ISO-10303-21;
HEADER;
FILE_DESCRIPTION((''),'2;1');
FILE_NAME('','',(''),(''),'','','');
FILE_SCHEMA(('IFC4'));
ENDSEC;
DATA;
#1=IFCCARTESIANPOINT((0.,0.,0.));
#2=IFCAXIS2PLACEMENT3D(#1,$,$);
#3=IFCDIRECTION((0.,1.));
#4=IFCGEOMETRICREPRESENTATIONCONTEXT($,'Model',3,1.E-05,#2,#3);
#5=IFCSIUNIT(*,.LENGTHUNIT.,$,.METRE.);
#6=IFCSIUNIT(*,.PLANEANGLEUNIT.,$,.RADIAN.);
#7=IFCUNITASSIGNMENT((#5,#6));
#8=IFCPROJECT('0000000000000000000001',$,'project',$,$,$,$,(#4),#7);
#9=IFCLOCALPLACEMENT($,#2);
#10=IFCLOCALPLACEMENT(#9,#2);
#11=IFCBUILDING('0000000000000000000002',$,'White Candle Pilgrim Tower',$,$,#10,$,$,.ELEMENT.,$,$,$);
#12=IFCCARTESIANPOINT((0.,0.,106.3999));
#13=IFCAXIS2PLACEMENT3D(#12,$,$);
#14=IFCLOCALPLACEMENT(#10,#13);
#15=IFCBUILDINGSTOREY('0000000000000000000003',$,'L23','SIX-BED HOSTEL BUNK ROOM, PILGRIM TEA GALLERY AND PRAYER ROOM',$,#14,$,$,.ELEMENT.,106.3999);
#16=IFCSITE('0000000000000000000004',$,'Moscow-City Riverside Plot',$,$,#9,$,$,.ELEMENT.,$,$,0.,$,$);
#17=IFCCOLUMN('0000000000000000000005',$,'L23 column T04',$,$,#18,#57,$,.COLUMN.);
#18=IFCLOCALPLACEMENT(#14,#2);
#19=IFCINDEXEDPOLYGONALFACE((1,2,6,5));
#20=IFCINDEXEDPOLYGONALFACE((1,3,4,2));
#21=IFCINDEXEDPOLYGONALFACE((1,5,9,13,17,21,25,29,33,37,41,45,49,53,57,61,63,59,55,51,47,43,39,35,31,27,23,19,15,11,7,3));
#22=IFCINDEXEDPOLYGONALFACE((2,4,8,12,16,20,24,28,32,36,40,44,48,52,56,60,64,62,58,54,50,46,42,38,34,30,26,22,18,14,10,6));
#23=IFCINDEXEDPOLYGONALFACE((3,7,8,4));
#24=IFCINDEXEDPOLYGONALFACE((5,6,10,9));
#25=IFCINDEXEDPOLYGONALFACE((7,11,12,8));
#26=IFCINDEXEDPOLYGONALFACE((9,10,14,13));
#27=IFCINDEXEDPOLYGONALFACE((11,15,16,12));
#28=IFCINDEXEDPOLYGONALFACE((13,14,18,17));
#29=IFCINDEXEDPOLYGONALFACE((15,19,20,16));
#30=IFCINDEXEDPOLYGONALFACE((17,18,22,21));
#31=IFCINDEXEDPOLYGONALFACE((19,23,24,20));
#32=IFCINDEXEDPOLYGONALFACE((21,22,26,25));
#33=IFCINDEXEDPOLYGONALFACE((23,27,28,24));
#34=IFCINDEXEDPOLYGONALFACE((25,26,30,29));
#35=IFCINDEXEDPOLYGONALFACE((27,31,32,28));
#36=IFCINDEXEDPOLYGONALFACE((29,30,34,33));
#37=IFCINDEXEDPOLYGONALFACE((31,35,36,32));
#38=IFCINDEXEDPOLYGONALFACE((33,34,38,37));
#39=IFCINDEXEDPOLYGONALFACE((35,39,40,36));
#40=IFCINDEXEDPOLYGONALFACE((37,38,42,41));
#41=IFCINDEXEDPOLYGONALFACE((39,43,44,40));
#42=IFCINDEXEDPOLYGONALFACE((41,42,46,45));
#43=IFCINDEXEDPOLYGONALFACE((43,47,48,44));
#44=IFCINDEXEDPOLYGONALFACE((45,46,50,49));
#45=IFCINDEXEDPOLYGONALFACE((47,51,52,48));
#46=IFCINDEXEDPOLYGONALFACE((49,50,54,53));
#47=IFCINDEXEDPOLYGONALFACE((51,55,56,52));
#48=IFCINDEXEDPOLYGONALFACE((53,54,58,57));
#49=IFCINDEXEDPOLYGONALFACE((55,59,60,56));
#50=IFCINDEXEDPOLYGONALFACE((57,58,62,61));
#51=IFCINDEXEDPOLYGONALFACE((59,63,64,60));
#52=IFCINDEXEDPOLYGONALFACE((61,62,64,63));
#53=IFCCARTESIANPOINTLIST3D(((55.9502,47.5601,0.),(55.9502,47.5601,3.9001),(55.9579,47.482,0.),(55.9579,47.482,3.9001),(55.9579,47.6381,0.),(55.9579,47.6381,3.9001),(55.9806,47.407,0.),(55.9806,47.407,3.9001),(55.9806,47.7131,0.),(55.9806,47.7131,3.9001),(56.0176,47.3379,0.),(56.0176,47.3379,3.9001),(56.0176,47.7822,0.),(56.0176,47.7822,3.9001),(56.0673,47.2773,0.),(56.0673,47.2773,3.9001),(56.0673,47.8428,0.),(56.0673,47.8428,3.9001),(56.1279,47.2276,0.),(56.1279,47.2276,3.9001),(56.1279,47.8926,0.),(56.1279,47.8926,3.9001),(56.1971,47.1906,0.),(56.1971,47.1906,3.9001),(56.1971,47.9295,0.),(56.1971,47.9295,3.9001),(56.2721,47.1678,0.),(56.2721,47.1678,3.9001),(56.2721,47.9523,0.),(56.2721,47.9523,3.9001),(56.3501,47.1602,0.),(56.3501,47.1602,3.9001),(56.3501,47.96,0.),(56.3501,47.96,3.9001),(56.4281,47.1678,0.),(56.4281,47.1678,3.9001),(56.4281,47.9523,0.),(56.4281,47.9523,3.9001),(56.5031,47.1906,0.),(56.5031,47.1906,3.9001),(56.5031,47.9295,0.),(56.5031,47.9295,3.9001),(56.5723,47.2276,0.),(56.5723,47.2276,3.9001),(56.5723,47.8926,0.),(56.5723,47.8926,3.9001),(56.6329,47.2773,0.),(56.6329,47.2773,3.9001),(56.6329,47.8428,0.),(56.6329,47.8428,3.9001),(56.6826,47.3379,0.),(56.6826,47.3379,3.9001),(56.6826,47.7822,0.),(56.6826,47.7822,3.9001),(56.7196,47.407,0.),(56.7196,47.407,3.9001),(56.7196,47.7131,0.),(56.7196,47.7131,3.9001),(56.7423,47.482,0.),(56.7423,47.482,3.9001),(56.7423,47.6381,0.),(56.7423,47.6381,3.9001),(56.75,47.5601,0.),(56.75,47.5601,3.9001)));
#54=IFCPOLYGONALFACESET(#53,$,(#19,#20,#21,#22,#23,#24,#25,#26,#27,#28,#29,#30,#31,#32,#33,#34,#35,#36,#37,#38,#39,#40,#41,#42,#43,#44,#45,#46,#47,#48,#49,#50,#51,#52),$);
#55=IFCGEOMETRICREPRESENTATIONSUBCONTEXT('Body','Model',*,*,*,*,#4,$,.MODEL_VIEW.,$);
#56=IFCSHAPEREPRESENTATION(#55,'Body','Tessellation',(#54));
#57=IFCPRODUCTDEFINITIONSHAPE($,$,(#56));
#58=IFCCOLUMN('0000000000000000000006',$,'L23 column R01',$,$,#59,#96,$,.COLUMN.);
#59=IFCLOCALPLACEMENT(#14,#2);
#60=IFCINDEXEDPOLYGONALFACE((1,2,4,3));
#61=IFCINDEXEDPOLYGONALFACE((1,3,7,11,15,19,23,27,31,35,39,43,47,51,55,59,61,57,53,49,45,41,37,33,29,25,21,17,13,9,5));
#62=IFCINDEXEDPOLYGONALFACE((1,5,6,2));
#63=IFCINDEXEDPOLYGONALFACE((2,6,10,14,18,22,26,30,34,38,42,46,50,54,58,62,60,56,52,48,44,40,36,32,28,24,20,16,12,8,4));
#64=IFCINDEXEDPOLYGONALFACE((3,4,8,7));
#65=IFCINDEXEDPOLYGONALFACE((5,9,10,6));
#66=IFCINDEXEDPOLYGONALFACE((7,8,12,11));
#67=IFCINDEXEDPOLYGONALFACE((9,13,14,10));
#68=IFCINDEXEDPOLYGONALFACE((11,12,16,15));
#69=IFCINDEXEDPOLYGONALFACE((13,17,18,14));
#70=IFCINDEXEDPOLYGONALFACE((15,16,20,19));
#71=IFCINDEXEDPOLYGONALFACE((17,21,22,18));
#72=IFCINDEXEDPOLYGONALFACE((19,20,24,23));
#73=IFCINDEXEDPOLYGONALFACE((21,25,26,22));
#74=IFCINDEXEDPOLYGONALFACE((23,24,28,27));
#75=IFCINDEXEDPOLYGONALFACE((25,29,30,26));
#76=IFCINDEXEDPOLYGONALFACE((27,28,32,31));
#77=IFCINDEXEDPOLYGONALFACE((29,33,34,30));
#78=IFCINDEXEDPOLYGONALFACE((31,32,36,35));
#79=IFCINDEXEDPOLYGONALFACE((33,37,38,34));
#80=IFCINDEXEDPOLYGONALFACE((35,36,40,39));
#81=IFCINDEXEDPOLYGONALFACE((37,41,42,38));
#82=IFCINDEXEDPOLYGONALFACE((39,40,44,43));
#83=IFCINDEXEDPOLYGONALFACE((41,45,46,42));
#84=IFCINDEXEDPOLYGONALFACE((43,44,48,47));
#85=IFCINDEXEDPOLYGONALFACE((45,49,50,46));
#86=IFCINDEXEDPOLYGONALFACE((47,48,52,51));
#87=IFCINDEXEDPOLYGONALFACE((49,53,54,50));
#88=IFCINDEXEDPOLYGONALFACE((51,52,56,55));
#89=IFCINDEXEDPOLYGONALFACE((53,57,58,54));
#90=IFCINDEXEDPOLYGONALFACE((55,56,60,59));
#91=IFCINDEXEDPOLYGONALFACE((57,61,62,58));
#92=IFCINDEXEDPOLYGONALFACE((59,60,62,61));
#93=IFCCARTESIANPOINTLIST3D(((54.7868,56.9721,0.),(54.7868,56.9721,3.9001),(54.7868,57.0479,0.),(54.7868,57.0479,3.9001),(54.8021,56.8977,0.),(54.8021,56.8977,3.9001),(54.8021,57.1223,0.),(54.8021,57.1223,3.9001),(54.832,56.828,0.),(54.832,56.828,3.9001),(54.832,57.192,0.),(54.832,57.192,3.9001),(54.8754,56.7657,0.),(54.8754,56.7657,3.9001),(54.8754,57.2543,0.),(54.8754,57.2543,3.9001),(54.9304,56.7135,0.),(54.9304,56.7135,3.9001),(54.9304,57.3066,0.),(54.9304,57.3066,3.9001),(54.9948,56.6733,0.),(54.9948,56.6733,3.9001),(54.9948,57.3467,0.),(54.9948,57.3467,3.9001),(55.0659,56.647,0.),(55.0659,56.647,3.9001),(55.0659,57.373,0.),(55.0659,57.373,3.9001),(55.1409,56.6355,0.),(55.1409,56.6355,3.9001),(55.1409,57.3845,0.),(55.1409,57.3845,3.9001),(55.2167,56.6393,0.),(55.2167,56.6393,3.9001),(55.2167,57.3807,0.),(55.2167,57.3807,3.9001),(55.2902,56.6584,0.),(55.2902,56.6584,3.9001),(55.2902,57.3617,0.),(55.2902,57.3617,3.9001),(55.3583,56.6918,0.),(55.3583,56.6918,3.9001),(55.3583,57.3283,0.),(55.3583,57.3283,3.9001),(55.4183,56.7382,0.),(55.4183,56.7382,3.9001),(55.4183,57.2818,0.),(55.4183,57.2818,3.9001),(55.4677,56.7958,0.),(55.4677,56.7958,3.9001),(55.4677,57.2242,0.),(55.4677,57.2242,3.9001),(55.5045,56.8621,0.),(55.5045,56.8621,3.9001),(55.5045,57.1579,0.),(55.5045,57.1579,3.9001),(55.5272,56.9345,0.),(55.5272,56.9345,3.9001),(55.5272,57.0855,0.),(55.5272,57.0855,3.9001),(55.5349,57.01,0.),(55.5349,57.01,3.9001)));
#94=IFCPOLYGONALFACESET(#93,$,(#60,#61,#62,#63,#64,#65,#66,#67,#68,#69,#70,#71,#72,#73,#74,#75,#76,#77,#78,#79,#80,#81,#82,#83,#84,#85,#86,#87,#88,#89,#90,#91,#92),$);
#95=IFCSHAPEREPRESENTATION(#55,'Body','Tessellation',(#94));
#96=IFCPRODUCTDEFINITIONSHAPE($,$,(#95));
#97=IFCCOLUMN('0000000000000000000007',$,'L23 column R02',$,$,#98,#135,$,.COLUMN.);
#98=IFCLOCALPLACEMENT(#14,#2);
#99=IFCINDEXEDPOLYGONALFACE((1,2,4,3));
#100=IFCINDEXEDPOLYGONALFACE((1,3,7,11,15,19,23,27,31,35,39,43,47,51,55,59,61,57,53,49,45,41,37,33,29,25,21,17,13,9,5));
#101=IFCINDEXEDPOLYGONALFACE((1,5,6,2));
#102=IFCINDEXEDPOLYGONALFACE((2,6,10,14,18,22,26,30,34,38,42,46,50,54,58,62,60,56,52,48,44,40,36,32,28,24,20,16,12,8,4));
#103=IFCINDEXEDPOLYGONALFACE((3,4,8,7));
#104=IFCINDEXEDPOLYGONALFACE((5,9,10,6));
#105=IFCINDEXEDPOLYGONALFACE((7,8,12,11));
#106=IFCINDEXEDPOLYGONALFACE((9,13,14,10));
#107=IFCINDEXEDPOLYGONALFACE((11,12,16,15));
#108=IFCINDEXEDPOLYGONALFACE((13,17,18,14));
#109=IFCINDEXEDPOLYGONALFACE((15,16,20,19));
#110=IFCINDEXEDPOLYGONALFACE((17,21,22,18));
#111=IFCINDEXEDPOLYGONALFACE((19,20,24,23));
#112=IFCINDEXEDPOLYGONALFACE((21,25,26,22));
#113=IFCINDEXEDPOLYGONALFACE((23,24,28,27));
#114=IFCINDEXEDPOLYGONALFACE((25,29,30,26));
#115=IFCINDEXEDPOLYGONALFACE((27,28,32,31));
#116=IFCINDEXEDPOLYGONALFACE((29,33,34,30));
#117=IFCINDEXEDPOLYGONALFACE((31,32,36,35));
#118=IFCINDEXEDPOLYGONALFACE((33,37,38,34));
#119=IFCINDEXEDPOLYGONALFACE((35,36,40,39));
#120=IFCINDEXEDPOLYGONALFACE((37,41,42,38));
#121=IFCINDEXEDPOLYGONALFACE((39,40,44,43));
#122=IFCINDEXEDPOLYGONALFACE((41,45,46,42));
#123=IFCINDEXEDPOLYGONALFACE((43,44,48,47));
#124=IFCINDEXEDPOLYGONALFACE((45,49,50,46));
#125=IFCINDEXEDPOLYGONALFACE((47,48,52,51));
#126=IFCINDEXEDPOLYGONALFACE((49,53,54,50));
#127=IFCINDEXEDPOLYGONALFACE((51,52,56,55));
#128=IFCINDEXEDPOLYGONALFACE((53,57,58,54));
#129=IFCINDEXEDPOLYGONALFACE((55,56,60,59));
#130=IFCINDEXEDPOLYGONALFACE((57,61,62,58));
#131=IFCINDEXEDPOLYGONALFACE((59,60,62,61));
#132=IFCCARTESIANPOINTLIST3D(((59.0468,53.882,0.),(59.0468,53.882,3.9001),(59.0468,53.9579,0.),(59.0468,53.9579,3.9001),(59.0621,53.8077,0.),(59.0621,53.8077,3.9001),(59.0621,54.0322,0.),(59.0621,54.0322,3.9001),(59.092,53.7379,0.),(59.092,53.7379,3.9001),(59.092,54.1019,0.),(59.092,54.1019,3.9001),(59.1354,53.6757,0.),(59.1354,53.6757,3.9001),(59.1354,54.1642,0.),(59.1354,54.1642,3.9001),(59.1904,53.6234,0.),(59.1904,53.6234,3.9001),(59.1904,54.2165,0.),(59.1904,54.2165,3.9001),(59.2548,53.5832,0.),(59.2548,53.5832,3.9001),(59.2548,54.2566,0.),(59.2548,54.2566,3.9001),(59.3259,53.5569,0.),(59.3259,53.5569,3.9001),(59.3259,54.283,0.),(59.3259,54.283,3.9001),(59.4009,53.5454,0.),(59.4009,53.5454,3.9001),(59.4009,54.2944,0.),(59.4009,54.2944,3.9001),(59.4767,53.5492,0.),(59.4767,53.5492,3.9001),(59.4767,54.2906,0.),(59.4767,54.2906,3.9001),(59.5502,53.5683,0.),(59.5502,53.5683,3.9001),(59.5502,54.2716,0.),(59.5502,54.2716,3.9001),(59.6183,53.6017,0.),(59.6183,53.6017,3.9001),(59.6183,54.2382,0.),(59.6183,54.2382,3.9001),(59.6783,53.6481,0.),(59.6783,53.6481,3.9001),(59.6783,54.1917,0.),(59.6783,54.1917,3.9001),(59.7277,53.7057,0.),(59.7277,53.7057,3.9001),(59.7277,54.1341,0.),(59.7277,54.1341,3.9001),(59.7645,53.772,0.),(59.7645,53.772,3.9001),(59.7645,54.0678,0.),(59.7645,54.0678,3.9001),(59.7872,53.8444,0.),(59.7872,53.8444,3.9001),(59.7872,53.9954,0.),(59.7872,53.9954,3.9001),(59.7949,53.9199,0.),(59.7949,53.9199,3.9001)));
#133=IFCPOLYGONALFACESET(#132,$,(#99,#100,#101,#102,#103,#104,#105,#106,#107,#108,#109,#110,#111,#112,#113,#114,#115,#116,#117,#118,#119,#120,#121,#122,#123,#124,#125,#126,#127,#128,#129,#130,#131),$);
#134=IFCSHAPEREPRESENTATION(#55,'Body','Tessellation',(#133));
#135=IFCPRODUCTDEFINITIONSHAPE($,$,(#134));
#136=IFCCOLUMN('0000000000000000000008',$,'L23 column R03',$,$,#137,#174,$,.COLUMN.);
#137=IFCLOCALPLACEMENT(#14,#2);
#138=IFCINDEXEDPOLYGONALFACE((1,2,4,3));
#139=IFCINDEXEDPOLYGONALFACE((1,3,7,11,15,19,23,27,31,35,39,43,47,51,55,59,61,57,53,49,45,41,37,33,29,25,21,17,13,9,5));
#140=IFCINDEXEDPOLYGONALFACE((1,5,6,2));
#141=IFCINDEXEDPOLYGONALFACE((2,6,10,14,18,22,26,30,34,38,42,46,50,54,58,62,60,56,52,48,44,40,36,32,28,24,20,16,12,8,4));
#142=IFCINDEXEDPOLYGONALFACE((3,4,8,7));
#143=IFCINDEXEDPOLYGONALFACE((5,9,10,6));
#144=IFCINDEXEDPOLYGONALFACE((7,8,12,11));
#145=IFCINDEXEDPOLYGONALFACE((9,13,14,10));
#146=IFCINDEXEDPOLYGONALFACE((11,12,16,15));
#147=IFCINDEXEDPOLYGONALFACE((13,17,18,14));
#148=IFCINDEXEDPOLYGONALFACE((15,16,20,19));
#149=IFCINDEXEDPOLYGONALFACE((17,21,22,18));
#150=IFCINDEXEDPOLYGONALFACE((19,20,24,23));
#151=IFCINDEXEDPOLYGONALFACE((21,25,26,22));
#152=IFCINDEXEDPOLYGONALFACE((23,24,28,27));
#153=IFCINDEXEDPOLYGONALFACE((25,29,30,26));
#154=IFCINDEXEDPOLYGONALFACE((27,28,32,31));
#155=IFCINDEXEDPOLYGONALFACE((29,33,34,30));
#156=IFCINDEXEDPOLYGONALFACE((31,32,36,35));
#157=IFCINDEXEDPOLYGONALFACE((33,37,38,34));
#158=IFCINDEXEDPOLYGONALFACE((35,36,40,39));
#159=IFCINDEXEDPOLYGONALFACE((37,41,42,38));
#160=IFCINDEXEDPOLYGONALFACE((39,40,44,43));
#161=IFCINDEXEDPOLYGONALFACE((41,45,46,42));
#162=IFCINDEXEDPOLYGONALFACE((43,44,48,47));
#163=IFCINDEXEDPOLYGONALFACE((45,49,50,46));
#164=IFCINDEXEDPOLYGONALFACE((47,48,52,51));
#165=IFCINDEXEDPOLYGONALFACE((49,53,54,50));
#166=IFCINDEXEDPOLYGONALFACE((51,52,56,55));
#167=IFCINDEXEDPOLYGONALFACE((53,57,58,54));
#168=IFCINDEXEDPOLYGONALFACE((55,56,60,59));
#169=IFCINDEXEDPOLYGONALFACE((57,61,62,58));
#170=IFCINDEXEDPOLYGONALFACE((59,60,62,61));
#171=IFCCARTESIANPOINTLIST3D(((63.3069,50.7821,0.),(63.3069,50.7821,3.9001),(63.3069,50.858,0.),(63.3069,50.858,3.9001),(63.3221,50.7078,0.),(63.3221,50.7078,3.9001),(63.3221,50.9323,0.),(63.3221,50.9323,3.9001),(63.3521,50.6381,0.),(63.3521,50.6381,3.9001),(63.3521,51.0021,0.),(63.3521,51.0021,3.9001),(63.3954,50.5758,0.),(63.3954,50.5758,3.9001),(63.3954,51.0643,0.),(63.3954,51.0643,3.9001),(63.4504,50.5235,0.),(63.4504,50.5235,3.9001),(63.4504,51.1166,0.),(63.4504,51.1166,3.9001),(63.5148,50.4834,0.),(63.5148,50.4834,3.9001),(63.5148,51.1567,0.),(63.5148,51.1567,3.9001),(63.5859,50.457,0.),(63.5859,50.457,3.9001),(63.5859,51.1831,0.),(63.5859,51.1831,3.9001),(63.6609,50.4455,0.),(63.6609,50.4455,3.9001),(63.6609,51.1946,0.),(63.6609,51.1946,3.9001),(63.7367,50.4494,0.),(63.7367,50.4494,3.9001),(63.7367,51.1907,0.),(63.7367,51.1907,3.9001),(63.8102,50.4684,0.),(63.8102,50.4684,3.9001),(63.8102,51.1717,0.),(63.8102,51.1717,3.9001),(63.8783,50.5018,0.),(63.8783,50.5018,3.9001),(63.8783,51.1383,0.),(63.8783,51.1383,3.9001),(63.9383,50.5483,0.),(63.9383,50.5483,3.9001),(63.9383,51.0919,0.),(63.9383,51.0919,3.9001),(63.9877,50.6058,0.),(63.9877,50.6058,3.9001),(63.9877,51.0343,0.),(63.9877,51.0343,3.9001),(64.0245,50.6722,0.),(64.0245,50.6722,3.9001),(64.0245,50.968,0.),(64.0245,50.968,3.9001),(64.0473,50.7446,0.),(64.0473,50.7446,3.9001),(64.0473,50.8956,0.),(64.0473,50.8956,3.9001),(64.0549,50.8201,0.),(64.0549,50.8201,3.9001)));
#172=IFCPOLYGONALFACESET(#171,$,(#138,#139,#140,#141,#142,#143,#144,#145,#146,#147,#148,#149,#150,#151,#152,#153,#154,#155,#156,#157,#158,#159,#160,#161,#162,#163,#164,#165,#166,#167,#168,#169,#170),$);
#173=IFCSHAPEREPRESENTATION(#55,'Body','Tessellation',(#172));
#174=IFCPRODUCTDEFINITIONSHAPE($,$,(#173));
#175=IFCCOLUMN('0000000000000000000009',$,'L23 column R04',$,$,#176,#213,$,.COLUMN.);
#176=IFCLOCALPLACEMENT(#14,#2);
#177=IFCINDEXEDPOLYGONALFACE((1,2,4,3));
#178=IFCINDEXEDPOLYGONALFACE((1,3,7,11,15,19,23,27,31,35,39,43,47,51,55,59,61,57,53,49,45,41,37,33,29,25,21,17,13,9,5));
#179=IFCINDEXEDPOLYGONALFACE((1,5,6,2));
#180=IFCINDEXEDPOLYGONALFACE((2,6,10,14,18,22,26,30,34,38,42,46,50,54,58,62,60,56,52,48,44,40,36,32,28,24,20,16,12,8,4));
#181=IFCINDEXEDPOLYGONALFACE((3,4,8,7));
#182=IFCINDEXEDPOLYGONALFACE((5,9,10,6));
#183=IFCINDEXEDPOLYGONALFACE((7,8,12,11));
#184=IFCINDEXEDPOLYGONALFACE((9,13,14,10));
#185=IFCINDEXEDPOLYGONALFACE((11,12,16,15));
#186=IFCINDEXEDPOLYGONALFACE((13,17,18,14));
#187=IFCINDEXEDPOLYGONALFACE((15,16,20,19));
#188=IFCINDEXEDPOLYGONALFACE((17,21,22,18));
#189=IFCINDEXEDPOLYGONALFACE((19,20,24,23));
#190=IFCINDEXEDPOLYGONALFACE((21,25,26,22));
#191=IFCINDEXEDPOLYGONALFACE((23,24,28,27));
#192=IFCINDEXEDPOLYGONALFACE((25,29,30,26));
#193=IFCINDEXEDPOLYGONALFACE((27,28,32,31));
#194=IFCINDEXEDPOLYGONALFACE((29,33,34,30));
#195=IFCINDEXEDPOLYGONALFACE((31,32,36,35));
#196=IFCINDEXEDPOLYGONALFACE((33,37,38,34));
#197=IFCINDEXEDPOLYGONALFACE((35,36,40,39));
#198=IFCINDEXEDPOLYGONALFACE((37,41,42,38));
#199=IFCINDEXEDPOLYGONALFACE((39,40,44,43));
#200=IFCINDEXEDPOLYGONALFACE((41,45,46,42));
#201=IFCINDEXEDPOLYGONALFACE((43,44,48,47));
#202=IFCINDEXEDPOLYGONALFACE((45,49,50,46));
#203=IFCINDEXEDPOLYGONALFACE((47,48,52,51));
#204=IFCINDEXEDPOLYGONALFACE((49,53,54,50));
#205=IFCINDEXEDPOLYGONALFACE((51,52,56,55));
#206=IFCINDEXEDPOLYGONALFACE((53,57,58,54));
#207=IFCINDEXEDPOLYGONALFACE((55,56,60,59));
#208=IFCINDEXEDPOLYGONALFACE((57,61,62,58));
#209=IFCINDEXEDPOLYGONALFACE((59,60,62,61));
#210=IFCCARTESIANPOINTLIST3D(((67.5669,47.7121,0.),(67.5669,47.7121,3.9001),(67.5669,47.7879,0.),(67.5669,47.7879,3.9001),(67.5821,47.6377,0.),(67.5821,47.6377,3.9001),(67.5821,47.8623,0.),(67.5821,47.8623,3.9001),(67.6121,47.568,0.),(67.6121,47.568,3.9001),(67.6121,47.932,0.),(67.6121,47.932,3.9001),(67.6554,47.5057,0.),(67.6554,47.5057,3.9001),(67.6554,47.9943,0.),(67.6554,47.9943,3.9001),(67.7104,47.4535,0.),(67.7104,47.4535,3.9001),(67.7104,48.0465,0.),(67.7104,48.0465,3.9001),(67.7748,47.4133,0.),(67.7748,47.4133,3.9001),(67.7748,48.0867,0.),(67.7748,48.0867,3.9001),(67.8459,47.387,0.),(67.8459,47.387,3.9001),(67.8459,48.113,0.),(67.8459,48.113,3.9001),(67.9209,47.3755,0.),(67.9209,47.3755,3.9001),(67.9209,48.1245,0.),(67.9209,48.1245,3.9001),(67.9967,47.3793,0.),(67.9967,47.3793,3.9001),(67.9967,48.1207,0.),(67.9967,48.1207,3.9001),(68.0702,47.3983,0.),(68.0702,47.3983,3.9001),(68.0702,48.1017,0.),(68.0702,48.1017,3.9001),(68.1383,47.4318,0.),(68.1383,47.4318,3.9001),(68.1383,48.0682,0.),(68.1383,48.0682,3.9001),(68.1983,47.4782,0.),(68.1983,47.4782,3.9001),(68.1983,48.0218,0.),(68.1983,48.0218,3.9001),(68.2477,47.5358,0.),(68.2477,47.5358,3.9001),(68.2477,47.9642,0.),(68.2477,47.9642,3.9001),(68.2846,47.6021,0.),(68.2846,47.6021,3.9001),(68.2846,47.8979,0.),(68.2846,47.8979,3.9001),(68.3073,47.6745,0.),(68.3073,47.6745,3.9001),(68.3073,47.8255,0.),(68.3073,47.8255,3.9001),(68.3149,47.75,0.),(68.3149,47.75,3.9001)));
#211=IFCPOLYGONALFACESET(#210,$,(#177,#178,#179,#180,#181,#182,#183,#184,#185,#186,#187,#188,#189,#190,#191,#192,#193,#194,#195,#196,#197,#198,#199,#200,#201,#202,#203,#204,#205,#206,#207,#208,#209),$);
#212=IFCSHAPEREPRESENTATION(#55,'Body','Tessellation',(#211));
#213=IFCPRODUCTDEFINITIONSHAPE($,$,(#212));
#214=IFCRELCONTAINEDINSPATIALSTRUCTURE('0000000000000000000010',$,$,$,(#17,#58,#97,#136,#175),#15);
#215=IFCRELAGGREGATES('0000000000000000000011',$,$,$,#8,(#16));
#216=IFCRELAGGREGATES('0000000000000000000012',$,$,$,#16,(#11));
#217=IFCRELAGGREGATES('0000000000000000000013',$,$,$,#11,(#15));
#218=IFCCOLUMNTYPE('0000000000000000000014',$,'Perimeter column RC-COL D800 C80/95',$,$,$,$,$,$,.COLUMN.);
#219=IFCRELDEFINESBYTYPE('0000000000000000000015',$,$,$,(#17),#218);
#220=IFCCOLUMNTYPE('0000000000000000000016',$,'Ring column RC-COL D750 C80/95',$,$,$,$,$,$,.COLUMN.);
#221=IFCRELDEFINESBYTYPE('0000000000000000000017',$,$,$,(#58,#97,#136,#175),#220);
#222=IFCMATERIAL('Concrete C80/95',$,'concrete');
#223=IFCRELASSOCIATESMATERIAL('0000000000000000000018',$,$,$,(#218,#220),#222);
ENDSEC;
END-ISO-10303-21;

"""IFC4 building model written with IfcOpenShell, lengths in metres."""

from ifc_helpers import new_model, si_unit, direction, frame, origin, origin_2d, place, context, subcontext, project, spatial, circle, extrude, material, material_profile, profile_set, type_object, element, save


model = new_model("IFC4")

# Units and contexts
model_context = context("Model", 3, precision=1e-05, world=origin(), true_north=direction((0.0, 1.0)))
body_context = subcontext(model_context, "Body", "Model", "MODEL_VIEW")
ifc_project = project(units=[si_unit("LENGTHUNIT", "METRE"), si_unit("PLANEANGLEUNIT", "RADIAN")], contexts=[model_context])

# Site, building, storey
site_placement = place(None, origin())
site = spatial("IfcSite", under=ifc_project, at=site_placement, Name="Moscow-City Riverside Plot", CompositionType="ELEMENT", RefElevation=0.0)
building_placement = place(site_placement, origin())
building = spatial("IfcBuilding", under=site, at=building_placement, Name="White Candle Pilgrim Tower", CompositionType="ELEMENT")
storey_placement = place(building_placement, frame((0.0, 0.0, 106.3999)))
storey = spatial("IfcBuildingStorey", under=building, at=storey_placement, Name="L23", Description="SIX-BED HOSTEL BUNK ROOM, PILGRIM TEA GALLERY AND PRAYER ROOM", CompositionType="ELEMENT", Elevation=106.3999)

# Columns
ifc_material_1 = material(Name="Concrete C80/95", Category="concrete")
ifc_material_profile_1 = material_profile(ifc_material_1, circle(Radius=0.3999, at=origin_2d()), Name="RC-COL D800")
ifc_profile_set_1 = profile_set([ifc_material_profile_1], Name="Concrete C80/95")
column_type_1 = type_object("IfcColumnType", Name="Perimeter column RC-COL D800 C80/95", PredefinedType="COLUMN", material=ifc_profile_set_1)
column_placement = place(storey_placement, frame((56.3501, 47.5601, 0.0), z_axis=(0.0, 0.0, 1.0), x_axis=(1.0, 0.0, 0.0)))
element("IfcColumn", 1, at=column_placement, inside=storey, type_object=column_type_1, Name="L23 column T04", PredefinedType="COLUMN", context=body_context, shape_type="SweptSolid", body=[
    extrude(circle(Radius=0.3999, at=origin_2d()), origin(), (0.0, 0.0, 1.0), 3.9001),
])
ifc_material_profile_2 = material_profile(ifc_material_1, circle(Radius=0.375, at=origin_2d()), Name="RC-COL D750")
ifc_profile_set_2 = profile_set([ifc_material_profile_2], Name="Concrete C80/95")
column_type_2 = type_object("IfcColumnType", Name="Ring column RC-COL D750 C80/95", PredefinedType="COLUMN", material=ifc_profile_set_2)
for number, where, z_axis, x_axis, name in (
    (2, (55.1599, 57.01, 0.0), (0.0, 0.0, 1.0), (1.0, 0.0, 0.0), "L23 column R01"),
    (3, (59.4199, 53.9199, 0.0), (0.0, 0.0, 1.0), (1.0, 0.0, 0.0), "L23 column R02"),
    (4, (63.6799, 50.8201, 0.0), (0.0, 0.0, 1.0), (1.0, 0.0, 0.0), "L23 column R03"),
    (5, (67.9399, 47.75, 0.0), (0.0, 0.0, 1.0), (1.0, 0.0, 0.0), "L23 column R04"),
):
    element("IfcColumn", number, at=place(storey_placement, frame(where, z_axis=z_axis, x_axis=x_axis)), inside=storey, type_object=column_type_2, Name=name, PredefinedType="COLUMN", context=body_context, shape_type="SweptSolid", body=[
        extrude(circle(Radius=0.375, at=origin_2d()), origin(), (0.0, 0.0, 1.0), 3.9001),
    ])

save(model, "model.ifc")
